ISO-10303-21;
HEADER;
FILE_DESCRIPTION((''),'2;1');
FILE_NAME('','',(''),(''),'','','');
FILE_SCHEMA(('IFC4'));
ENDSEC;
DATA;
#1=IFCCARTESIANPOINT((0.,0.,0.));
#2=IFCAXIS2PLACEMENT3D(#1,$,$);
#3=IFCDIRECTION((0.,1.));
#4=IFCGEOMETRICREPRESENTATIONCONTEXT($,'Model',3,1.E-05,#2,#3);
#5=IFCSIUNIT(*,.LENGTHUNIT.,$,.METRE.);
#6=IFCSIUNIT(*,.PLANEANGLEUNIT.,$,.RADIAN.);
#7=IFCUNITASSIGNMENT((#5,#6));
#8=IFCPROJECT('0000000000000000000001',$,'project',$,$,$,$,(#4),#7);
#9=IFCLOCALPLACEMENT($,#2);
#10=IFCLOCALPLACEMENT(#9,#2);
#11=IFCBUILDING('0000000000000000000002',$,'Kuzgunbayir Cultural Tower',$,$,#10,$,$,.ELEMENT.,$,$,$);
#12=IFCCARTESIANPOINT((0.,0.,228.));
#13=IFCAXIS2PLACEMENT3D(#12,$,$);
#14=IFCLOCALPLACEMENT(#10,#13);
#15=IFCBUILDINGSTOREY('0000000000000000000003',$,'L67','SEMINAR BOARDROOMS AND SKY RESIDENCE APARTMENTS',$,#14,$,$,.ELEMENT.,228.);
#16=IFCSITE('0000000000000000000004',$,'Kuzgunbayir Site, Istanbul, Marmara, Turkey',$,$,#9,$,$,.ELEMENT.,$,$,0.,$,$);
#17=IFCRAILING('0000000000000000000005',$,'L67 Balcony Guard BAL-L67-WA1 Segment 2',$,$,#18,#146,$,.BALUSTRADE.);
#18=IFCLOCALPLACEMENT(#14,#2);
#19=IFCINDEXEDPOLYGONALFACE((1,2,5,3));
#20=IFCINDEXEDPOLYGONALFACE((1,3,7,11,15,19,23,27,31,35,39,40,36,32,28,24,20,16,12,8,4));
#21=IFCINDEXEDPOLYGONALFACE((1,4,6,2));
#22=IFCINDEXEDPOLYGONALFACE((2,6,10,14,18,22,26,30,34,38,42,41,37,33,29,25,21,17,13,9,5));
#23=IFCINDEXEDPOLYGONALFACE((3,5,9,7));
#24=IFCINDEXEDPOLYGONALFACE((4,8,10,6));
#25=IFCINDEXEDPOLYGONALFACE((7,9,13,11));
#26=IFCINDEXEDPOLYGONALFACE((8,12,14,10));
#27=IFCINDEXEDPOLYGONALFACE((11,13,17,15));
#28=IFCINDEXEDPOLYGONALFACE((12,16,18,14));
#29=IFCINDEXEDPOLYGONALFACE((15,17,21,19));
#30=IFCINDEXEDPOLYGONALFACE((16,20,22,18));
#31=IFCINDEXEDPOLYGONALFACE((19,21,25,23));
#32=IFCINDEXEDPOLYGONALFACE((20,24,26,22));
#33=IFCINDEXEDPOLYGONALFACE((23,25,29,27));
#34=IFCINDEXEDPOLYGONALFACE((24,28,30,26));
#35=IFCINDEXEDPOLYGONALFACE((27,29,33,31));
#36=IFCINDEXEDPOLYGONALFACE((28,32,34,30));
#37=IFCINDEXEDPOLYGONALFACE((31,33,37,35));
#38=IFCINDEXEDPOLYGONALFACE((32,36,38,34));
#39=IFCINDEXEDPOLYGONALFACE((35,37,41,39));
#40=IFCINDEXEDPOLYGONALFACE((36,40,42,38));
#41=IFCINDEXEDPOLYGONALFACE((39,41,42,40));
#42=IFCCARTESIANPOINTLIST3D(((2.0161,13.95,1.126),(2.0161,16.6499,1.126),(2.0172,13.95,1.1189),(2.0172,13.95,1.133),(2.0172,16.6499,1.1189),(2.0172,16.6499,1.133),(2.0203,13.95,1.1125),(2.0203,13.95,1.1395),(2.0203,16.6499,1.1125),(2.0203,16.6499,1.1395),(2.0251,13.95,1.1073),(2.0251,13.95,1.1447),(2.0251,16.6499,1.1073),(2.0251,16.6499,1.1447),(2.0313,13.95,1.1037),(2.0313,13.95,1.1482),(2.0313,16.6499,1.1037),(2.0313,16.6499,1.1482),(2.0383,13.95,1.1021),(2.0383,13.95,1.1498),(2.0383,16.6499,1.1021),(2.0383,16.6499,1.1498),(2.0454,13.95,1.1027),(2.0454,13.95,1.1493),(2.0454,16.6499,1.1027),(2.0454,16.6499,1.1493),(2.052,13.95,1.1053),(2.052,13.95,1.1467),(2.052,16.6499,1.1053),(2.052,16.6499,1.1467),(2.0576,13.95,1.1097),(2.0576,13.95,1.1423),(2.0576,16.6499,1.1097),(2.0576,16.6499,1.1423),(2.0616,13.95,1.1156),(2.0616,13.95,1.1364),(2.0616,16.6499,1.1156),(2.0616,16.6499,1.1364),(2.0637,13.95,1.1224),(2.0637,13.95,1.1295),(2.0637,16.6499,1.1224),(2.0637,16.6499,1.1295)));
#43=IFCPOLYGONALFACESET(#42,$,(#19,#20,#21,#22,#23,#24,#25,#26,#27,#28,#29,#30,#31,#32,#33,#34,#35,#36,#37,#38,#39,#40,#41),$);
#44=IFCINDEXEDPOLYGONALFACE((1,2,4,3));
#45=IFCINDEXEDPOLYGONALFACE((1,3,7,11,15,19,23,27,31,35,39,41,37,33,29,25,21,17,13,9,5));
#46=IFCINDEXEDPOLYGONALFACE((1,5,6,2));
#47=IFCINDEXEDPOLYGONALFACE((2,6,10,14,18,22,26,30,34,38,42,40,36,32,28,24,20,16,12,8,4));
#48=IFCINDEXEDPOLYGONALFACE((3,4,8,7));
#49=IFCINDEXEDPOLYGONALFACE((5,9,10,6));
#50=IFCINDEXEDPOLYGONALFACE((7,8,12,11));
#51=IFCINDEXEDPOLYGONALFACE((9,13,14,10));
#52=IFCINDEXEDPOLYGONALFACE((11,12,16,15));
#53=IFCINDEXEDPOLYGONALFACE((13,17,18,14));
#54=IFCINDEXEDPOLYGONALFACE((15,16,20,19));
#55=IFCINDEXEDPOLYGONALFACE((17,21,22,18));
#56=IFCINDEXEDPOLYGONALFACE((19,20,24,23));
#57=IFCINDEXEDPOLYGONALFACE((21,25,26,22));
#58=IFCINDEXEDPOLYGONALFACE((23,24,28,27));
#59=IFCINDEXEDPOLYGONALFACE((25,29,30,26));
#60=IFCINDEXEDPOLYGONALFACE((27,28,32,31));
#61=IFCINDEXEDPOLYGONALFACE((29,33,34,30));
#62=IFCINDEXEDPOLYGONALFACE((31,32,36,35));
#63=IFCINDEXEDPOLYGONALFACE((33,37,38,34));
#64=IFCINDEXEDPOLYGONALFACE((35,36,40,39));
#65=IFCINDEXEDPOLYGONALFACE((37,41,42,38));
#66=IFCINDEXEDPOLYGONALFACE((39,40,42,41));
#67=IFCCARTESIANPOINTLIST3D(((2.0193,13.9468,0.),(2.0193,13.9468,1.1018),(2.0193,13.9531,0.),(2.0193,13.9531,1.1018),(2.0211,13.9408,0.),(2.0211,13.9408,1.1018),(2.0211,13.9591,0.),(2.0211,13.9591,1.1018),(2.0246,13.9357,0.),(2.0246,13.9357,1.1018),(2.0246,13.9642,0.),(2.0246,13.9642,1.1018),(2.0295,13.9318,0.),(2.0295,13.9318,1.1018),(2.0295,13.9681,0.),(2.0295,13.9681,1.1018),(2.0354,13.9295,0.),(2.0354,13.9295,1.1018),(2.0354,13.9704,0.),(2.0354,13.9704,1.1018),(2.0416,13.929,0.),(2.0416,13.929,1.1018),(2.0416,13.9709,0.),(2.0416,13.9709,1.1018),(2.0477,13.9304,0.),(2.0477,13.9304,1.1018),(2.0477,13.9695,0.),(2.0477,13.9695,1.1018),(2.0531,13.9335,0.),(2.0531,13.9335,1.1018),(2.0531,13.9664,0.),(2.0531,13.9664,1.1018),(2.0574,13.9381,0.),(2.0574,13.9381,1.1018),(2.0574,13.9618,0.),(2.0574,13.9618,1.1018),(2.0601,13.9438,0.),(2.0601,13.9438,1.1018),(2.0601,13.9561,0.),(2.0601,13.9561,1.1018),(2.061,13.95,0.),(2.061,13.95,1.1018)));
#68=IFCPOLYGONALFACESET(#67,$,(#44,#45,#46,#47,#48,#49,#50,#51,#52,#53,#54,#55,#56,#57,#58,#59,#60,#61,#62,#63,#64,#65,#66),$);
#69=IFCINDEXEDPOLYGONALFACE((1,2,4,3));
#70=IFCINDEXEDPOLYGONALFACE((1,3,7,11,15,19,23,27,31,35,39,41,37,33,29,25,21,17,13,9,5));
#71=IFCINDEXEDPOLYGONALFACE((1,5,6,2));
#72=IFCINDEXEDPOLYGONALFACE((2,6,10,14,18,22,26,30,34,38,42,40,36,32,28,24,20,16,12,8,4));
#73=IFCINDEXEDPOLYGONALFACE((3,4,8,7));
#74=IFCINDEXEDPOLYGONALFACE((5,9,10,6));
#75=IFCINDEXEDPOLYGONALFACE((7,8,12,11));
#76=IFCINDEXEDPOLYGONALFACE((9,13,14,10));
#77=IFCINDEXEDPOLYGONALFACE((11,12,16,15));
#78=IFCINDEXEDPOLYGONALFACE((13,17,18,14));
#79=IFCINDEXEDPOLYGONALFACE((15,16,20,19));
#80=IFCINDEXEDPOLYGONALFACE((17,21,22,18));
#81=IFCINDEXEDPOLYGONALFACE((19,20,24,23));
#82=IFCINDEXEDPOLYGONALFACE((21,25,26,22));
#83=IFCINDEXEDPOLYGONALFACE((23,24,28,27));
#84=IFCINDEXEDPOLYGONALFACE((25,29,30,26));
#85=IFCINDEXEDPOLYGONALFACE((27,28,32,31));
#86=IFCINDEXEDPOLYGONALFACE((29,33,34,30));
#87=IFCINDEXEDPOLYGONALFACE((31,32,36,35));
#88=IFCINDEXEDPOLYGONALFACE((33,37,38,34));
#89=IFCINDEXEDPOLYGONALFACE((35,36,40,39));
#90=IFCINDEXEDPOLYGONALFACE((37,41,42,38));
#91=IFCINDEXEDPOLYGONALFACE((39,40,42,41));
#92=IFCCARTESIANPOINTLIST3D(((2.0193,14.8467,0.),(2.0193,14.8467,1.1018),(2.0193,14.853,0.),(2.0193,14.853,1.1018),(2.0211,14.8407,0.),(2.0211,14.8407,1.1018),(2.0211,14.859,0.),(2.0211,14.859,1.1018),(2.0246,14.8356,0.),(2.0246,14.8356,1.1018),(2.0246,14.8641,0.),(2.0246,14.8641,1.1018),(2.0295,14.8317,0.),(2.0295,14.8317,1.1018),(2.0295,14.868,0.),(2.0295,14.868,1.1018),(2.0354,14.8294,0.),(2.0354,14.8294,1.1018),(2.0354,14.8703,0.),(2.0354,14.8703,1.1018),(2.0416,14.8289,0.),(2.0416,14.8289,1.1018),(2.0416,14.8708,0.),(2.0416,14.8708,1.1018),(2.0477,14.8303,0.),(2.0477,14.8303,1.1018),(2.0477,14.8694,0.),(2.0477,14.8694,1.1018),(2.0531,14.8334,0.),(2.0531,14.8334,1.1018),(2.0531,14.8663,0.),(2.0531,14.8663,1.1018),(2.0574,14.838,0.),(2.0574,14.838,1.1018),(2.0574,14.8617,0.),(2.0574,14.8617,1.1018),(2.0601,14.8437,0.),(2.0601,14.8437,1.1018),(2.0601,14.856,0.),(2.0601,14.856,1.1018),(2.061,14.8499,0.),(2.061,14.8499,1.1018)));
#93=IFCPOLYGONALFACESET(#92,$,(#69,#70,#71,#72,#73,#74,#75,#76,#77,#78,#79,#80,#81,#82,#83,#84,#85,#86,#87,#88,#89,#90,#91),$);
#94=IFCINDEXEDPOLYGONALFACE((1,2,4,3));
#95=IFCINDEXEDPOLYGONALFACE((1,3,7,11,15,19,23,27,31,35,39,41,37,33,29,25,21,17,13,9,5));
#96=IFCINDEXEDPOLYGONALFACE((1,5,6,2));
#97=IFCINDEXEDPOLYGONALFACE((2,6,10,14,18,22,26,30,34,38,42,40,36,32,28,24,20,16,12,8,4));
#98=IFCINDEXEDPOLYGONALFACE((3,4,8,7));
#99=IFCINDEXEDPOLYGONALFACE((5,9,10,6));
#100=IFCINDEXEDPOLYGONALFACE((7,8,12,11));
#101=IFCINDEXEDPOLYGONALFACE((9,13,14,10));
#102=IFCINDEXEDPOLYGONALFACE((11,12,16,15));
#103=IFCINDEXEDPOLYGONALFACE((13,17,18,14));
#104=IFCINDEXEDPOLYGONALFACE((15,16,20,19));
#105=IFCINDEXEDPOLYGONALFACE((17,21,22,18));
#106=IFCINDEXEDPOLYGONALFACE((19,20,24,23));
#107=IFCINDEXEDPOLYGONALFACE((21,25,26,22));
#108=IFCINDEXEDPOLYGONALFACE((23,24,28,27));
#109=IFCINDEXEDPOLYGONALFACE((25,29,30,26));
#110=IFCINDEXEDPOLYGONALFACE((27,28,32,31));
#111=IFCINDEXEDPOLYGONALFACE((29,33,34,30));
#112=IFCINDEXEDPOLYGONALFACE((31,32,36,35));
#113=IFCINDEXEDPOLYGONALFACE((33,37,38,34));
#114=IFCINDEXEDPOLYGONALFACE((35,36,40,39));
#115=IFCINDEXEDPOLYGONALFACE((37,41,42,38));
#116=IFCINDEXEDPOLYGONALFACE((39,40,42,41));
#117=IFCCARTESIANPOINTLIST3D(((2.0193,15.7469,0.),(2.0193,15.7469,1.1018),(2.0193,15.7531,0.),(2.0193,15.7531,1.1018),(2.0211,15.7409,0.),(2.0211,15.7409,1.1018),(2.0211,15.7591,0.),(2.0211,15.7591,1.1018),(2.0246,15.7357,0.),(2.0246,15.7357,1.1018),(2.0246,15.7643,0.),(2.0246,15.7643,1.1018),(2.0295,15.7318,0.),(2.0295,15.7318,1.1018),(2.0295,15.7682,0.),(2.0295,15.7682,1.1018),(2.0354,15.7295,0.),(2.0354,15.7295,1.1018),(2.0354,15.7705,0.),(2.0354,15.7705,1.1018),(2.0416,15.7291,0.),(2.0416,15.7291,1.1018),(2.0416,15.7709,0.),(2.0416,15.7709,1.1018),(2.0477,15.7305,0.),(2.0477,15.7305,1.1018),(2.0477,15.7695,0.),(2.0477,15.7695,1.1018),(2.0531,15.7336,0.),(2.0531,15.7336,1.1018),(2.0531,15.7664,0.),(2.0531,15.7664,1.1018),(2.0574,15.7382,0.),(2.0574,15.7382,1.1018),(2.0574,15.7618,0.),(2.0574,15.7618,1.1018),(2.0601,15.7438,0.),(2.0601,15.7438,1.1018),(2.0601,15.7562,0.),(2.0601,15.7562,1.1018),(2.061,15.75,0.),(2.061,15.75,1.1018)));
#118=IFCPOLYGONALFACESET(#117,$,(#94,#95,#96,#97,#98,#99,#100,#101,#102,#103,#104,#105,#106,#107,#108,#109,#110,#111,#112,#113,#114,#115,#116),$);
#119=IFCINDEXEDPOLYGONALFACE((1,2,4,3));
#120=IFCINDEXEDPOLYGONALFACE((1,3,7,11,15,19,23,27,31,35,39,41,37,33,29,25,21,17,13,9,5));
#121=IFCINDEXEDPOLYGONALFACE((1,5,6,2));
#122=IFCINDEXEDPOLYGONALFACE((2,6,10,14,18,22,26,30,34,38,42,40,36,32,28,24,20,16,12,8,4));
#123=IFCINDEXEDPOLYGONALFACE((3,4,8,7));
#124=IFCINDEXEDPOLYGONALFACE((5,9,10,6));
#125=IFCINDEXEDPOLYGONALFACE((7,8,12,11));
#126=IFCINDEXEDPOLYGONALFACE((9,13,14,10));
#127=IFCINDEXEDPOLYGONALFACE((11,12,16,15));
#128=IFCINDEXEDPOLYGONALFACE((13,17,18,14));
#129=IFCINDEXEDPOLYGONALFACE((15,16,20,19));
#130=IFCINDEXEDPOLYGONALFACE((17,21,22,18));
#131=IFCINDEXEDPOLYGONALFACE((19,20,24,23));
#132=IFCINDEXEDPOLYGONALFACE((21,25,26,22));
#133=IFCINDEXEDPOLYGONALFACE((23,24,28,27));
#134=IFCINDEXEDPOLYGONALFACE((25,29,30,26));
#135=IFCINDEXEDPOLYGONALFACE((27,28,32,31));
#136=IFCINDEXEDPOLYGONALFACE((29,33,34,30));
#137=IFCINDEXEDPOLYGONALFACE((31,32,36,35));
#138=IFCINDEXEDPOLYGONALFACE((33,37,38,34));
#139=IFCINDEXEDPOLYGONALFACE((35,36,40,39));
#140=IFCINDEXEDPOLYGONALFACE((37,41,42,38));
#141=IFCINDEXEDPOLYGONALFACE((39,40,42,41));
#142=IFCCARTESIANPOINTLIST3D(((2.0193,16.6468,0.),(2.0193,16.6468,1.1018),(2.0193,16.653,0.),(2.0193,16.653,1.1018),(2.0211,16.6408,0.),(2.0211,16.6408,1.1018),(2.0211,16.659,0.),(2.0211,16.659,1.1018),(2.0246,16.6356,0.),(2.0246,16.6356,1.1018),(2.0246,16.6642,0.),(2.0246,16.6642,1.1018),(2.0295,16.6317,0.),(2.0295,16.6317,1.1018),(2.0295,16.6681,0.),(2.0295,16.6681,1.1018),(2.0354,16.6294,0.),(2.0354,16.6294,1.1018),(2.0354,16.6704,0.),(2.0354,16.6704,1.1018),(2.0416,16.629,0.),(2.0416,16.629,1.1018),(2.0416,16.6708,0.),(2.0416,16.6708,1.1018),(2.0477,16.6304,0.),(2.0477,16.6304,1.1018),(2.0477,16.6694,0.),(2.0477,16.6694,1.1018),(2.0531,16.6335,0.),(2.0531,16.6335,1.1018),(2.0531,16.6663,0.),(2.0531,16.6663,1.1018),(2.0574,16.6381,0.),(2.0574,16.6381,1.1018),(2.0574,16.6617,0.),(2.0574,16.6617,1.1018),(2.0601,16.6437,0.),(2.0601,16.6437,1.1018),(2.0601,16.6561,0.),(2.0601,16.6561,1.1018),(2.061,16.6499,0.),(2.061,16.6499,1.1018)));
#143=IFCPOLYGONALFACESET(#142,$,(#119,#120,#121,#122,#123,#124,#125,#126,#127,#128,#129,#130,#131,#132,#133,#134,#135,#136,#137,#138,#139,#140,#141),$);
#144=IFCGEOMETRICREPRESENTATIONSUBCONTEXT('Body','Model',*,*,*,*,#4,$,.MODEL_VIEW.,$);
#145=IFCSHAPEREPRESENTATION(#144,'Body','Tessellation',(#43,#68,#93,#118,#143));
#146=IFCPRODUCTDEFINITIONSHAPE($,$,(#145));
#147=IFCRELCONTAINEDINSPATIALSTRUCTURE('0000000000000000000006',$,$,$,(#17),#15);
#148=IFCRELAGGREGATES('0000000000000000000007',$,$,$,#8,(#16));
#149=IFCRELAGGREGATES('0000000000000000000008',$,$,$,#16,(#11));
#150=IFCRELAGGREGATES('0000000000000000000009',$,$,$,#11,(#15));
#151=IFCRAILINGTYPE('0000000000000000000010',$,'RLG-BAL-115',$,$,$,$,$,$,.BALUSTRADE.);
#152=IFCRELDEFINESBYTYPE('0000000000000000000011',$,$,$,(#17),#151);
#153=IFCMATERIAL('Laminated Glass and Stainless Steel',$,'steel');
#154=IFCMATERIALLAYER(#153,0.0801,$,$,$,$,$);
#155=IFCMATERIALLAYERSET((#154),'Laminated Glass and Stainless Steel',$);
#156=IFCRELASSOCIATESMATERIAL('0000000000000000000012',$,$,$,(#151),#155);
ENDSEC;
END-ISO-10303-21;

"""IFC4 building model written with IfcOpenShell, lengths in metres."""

from ifc_helpers import new_model, si_unit, direction, frame, origin, origin_2d, place, context, subcontext, project, spatial, circle, extrude, material, layer, layer_set, type_object, element, save


model = new_model("IFC4")

# Units and contexts
model_context = context("Model", 3, precision=1e-05, world=origin(), true_north=direction((0.0, 1.0)))
body_context = subcontext(model_context, "Body", "Model", "MODEL_VIEW")
ifc_project = project(units=[si_unit("LENGTHUNIT", "METRE"), si_unit("PLANEANGLEUNIT", "RADIAN")], contexts=[model_context])

# Site, building, storey
site_placement = place(None, origin())
site = spatial("IfcSite", under=ifc_project, at=site_placement, Name="Kuzgunbayir Site, Istanbul, Marmara, Turkey", CompositionType="ELEMENT", RefElevation=0.0)
building_placement = place(site_placement, origin())
building = spatial("IfcBuilding", under=site, at=building_placement, Name="Kuzgunbayir Cultural Tower", CompositionType="ELEMENT")
storey_placement = place(building_placement, frame((0.0, 0.0, 228.0)))
storey = spatial("IfcBuildingStorey", under=building, at=storey_placement, Name="L67", Description="SEMINAR BOARDROOMS AND SKY RESIDENCE APARTMENTS", CompositionType="ELEMENT", Elevation=228.0)

# Railing
ifc_material_1 = material(Name="Laminated Glass and Stainless Steel", Category="steel")
ifc_layer_1 = layer(ifc_material_1, 0.0801)
ifc_layer_set_1 = layer_set([ifc_layer_1], Name="Laminated Glass and Stainless Steel")
railing_type = type_object("IfcRailingType", Name="RLG-BAL-115", PredefinedType="BALUSTRADE", material=ifc_layer_set_1)
railing_1_placement = place(storey_placement, frame((2.04, 13.95, 0.0)))
element("IfcRailing", 1, at=railing_1_placement, inside=storey, type_object=railing_type, Name="L67 Balcony Guard BAL-L67-WA1 Segment 2", PredefinedType="BALUSTRADE", context=body_context, shape_type="SweptSolid", body=[
    extrude(circle(Radius=0.0239, at=origin_2d()), frame((0.0, 0.0, 1.126), z_axis=(0.0, 1.0, 0.0), x_axis=(-1.0, 0.0, 0.0)), (0.0, 0.0, 1.0), 2.7),
    extrude(circle(Radius=0.021, at=origin_2d()), origin(), (0.0, 0.0, 1.0), 1.1018),
    extrude(circle(Radius=0.021, at=origin_2d()), frame((0.0, 0.8999, 0.0)), (0.0, 0.0, 1.0), 1.1018),
    extrude(circle(Radius=0.021, at=origin_2d()), frame((0.0, 1.8, 0.0)), (0.0, 0.0, 1.0), 1.1018),
    extrude(circle(Radius=0.021, at=origin_2d()), frame((0.0, 2.7, 0.0)), (0.0, 0.0, 1.0), 1.1018),
])

save(model, "model.ifc")
